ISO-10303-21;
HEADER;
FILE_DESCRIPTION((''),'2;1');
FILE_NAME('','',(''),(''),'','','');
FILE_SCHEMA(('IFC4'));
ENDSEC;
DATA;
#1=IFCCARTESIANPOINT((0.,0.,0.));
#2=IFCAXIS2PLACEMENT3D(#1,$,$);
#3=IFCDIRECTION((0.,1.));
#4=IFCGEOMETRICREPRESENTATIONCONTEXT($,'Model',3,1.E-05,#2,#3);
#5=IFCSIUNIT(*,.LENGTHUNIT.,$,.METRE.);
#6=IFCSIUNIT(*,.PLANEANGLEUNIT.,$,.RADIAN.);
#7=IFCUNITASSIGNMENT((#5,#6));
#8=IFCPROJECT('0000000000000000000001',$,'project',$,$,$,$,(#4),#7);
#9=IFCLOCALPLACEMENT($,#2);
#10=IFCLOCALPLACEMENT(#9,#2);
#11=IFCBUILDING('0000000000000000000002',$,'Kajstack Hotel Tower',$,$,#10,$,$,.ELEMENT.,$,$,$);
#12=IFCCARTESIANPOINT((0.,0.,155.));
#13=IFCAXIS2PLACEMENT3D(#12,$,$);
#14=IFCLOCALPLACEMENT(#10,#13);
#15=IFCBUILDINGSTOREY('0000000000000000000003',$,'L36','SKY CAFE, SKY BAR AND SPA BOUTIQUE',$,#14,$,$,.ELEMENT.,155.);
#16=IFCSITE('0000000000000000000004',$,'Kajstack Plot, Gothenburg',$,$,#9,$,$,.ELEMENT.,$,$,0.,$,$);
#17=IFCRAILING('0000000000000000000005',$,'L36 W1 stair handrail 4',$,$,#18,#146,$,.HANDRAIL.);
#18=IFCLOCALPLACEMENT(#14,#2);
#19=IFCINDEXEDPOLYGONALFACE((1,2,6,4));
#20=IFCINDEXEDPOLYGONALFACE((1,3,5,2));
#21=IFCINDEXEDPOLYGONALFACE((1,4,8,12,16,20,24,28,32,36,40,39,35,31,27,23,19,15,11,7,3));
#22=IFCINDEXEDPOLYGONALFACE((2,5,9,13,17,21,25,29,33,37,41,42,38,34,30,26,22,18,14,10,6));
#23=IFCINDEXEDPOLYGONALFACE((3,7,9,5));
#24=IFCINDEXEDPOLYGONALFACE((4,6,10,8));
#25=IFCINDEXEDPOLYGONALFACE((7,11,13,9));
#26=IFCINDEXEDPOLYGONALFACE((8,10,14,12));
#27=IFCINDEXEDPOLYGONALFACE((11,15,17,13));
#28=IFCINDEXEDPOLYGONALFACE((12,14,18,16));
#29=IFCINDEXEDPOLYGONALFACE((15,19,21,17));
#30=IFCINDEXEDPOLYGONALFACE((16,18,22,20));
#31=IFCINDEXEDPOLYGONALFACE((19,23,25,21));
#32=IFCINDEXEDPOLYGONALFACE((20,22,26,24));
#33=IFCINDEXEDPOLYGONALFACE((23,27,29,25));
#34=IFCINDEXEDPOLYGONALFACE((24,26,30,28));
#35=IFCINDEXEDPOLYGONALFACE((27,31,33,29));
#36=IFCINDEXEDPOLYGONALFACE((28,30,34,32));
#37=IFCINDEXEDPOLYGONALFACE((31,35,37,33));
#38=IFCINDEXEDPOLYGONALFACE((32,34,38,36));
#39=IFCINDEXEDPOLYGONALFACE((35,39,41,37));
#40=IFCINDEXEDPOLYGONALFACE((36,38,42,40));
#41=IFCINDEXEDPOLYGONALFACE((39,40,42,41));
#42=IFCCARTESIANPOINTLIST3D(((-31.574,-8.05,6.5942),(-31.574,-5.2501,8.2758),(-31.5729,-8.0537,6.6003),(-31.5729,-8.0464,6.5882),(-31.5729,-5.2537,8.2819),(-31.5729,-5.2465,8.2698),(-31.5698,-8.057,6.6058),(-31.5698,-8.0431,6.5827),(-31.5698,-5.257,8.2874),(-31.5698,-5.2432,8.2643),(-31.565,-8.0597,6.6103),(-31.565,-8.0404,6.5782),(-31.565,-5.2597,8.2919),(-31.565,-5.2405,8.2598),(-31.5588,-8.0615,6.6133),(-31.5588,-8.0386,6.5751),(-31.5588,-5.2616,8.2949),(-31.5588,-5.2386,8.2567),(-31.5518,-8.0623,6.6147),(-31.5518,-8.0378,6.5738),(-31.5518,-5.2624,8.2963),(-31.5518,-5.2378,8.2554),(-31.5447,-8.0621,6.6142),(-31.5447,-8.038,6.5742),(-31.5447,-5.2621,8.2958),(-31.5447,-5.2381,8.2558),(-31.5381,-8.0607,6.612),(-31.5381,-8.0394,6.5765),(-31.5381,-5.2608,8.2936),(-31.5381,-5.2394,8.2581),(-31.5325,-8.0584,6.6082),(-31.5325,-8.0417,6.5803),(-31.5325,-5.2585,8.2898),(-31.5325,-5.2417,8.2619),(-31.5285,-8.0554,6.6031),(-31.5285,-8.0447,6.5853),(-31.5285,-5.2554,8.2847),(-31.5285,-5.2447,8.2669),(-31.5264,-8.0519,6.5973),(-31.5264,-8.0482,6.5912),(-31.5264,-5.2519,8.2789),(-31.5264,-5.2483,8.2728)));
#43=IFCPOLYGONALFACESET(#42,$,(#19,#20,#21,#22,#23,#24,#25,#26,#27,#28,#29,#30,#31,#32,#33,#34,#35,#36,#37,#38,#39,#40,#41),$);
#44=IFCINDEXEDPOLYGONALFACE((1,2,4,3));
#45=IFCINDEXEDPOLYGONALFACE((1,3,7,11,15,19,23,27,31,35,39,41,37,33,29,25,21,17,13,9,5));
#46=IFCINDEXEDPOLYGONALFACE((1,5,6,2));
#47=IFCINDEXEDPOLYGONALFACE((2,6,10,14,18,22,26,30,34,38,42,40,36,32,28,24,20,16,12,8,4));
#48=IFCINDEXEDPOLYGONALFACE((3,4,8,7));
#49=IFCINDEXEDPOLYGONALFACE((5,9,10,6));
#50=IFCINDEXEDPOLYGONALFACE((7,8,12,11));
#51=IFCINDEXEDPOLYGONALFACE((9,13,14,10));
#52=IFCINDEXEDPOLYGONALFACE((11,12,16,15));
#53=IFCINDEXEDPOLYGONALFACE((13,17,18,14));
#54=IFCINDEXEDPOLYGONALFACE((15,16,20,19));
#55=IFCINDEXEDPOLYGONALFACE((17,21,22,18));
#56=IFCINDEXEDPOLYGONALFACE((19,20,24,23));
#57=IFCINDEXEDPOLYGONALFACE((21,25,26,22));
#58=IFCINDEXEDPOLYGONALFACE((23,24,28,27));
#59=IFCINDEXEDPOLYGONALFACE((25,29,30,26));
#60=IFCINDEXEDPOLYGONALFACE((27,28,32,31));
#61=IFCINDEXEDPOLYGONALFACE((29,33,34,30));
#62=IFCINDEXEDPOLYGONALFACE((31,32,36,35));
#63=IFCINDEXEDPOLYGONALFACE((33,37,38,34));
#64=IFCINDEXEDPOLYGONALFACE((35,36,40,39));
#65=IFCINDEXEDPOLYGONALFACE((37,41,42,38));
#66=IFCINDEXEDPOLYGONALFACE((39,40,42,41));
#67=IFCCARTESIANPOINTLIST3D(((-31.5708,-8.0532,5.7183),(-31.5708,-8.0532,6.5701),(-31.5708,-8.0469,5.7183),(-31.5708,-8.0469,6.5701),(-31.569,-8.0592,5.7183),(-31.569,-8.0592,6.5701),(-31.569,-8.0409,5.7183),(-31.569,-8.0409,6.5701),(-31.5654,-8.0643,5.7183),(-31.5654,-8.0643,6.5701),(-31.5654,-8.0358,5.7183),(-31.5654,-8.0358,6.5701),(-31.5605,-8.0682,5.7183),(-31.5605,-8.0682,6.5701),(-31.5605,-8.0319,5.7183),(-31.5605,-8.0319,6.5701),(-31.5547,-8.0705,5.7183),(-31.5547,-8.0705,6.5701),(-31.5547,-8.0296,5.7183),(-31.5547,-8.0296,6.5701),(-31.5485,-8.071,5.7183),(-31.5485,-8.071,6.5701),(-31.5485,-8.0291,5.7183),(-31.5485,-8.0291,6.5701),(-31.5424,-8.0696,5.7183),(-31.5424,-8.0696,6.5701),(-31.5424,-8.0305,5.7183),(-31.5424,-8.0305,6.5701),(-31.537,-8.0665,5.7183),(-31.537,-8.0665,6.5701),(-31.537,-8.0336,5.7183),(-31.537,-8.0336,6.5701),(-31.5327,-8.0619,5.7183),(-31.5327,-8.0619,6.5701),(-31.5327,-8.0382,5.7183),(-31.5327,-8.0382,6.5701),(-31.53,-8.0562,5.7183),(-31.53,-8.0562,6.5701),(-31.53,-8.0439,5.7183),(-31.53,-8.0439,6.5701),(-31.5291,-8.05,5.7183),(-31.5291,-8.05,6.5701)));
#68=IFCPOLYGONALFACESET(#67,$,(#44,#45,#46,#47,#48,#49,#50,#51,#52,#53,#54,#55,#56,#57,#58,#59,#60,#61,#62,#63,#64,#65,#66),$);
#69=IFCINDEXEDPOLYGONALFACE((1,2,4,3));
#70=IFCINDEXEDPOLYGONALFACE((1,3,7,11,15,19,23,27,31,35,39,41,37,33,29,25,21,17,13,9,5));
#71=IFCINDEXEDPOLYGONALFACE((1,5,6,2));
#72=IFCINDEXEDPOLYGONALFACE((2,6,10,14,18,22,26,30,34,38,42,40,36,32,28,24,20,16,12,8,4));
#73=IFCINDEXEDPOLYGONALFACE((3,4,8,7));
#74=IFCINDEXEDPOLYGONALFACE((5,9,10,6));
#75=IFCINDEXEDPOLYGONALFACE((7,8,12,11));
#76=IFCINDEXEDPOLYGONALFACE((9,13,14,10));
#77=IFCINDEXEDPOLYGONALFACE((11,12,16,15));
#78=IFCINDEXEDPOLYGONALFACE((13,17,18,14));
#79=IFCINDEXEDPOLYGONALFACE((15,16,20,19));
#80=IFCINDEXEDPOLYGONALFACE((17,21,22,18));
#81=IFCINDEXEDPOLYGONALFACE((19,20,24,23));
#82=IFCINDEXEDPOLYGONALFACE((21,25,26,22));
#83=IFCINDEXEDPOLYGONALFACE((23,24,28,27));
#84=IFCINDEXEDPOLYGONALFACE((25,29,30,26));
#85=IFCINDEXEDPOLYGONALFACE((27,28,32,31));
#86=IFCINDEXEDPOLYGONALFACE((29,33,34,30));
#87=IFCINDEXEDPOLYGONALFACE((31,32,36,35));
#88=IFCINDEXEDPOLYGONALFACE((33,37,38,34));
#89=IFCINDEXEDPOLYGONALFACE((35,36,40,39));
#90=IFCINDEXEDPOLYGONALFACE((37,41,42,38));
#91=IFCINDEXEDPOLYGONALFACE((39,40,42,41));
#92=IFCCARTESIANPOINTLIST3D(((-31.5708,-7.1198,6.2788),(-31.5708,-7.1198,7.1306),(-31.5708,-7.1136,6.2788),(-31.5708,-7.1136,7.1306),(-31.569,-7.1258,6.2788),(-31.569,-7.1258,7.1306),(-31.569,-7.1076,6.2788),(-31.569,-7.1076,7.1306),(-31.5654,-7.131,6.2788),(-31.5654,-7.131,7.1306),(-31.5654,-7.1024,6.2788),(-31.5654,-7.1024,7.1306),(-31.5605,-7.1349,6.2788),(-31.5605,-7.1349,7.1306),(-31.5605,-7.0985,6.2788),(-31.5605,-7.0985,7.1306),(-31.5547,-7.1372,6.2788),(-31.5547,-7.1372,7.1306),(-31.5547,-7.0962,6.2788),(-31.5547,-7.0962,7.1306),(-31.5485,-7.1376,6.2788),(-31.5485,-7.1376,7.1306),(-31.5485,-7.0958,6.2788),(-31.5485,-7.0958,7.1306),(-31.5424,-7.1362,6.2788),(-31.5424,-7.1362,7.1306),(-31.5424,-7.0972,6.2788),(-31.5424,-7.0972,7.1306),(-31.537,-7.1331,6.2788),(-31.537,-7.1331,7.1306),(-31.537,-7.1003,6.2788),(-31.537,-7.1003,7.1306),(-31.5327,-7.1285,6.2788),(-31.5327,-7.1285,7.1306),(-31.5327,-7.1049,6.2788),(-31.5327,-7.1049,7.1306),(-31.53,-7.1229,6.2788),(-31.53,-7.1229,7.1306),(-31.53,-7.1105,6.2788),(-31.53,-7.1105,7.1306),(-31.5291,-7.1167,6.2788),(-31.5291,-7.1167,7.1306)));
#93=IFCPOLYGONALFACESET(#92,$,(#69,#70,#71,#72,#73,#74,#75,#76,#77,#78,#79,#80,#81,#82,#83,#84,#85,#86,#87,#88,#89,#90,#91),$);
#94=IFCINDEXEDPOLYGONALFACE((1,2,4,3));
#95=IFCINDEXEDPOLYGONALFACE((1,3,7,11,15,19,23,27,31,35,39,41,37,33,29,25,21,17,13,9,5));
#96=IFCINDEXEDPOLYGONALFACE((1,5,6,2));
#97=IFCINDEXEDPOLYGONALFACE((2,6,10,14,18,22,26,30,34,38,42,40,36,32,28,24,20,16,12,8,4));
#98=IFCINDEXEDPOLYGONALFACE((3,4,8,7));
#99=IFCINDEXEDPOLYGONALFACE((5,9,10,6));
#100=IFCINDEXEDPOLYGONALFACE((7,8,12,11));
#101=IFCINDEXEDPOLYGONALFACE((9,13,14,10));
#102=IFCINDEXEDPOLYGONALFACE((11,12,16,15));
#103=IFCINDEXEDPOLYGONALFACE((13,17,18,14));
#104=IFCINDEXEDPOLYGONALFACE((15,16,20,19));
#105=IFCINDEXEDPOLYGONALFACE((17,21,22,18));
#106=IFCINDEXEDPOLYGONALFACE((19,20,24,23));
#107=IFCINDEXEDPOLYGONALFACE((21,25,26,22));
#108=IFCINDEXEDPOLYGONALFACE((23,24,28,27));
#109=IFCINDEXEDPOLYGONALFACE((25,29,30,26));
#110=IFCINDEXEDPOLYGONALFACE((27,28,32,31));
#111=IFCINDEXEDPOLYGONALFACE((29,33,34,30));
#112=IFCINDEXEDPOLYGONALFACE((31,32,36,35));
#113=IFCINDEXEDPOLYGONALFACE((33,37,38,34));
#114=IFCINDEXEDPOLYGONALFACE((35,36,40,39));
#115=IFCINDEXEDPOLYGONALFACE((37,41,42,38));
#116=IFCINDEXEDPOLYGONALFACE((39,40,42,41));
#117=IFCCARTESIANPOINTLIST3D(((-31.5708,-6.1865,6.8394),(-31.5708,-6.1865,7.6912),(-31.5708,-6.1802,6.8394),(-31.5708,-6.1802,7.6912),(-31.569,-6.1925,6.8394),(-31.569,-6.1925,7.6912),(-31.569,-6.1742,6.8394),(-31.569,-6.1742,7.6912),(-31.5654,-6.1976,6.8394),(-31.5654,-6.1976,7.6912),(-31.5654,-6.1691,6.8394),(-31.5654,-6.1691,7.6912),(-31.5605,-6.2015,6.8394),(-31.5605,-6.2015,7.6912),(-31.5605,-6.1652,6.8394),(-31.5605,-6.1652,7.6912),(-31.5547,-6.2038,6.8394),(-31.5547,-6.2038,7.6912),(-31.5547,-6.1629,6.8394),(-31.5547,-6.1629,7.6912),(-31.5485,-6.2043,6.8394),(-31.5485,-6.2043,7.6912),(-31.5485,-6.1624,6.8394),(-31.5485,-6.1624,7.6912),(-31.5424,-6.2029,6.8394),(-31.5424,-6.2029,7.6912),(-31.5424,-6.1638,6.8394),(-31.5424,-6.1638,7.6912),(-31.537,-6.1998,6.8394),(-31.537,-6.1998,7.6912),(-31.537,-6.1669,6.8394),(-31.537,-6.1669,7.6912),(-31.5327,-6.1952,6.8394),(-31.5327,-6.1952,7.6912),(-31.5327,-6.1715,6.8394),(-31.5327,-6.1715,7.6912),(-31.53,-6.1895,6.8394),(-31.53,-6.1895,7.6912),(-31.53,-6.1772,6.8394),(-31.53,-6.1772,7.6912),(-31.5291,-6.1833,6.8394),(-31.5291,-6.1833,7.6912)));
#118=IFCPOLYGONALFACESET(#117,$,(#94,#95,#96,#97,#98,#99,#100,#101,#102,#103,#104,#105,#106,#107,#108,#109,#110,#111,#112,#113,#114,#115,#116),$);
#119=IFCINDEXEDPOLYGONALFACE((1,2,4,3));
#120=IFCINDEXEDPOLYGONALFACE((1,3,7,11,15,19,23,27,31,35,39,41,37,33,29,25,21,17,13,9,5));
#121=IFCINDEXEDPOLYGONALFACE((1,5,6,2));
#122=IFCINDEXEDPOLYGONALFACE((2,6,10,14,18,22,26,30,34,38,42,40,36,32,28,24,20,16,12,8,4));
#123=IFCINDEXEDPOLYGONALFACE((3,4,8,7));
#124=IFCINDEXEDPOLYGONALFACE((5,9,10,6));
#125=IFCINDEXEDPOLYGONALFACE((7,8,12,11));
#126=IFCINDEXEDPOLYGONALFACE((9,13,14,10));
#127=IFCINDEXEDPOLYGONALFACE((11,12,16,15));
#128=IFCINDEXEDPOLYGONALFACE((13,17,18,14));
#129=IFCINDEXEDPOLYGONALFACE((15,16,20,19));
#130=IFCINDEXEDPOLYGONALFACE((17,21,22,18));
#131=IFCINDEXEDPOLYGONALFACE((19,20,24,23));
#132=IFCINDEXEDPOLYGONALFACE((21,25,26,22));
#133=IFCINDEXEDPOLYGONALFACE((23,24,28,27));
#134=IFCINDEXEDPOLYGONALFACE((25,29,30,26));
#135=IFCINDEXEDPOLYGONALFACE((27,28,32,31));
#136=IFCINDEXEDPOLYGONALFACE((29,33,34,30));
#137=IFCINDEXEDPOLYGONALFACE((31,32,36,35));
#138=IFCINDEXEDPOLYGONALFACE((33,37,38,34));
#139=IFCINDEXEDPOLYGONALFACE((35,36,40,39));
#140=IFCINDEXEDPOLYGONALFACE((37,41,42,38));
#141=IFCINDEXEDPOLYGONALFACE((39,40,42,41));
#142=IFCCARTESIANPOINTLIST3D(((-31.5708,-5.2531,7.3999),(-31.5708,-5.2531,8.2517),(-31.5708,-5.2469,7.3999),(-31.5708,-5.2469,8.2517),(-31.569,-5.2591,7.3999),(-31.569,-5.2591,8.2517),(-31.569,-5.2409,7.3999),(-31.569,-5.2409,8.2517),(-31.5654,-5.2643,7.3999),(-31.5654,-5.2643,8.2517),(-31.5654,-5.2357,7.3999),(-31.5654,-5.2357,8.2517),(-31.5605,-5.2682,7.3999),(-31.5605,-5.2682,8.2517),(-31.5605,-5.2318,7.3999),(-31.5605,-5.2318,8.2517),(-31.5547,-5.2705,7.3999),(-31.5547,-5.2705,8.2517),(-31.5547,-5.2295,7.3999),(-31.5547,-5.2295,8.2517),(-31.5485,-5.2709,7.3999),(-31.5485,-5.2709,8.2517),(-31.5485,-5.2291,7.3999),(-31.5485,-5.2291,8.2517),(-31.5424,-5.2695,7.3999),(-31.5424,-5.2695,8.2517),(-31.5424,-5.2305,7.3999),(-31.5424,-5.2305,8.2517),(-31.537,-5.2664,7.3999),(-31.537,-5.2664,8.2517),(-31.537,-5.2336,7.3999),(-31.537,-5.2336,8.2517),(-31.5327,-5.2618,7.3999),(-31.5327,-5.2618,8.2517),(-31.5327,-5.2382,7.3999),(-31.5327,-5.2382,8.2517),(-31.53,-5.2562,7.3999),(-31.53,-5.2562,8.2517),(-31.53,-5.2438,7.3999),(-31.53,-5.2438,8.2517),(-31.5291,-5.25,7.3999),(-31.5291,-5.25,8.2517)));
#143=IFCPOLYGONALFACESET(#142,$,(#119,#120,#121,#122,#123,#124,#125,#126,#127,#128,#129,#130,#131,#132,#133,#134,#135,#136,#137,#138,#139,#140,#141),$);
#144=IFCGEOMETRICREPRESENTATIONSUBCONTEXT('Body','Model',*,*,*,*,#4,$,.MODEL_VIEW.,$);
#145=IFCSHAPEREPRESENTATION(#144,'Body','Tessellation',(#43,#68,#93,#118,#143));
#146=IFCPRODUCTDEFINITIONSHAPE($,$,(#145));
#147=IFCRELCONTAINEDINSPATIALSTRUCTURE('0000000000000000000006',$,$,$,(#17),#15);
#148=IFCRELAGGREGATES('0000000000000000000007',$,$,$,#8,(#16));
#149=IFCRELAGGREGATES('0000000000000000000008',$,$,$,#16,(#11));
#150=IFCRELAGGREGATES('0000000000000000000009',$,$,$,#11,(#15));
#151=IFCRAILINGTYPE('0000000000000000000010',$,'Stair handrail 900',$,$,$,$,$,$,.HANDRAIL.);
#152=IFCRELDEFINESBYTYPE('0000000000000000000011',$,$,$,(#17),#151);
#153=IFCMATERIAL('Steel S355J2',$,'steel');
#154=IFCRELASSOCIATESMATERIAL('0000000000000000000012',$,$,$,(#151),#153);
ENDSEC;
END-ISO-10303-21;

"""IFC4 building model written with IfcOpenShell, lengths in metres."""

from ifc_helpers import new_model, si_unit, direction, frame, origin, origin_2d, place, context, subcontext, project, spatial, circle, extrude, material, type_object, element, save


model = new_model("IFC4")

# Units and contexts
model_context = context("Model", 3, precision=1e-05, world=origin(), true_north=direction((0.0, 1.0)))
body_context = subcontext(model_context, "Body", "Model", "MODEL_VIEW")
ifc_project = project(units=[si_unit("LENGTHUNIT", "METRE"), si_unit("PLANEANGLEUNIT", "RADIAN")], contexts=[model_context])

# Site, building, storey
site_placement = place(None, origin())
site = spatial("IfcSite", under=ifc_project, at=site_placement, Name="Kajstack Plot, Gothenburg", CompositionType="ELEMENT", RefElevation=0.0)
building_placement = place(site_placement, origin())
building = spatial("IfcBuilding", under=site, at=building_placement, Name="Kajstack Hotel Tower", CompositionType="ELEMENT")
storey_placement = place(building_placement, frame((0.0, 0.0, 155.0)))
storey = spatial("IfcBuildingStorey", under=building, at=storey_placement, Name="L36", Description="SKY CAFE, SKY BAR AND SPA BOUTIQUE", CompositionType="ELEMENT", Elevation=155.0)

# Railing
ifc_material_1 = material(Name="Steel S355J2", Category="steel")
railing_type_1 = type_object("IfcRailingType", Name="Stair handrail 900", PredefinedType="HANDRAIL", material=ifc_material_1)
railing_1_placement = place(storey_placement, frame((-31.55, -8.05, 5.7183)))
element("IfcRailing", 1, at=railing_1_placement, inside=storey, type_object=railing_type_1, Name="L36 W1 stair handrail 4", PredefinedType="HANDRAIL", context=body_context, shape_type="SweptSolid", body=[
    extrude(circle(Radius=0.0239, at=origin_2d()), frame((0.0, 0.0, 0.876), z_axis=(0.0, 0.857275, 0.514858), x_axis=(-1.0, 0.0, 0.0)), (0.0, 0.0, 1.0), 3.2661),
    extrude(circle(Radius=0.021, at=origin_2d()), origin(), (0.0, 0.0, 1.0), 0.8518),
    extrude(circle(Radius=0.021, at=origin_2d()), frame((0.0, 0.9333, 0.5605)), (0.0, 0.0, 1.0), 0.8518),
    extrude(circle(Radius=0.021, at=origin_2d()), frame((0.0, 1.8667, 1.1211)), (0.0, 0.0, 1.0), 0.8518),
    extrude(circle(Radius=0.021, at=origin_2d()), frame((0.0, 2.8, 1.6816)), (0.0, 0.0, 1.0), 0.8518),
])

save(model, "model.ifc")
